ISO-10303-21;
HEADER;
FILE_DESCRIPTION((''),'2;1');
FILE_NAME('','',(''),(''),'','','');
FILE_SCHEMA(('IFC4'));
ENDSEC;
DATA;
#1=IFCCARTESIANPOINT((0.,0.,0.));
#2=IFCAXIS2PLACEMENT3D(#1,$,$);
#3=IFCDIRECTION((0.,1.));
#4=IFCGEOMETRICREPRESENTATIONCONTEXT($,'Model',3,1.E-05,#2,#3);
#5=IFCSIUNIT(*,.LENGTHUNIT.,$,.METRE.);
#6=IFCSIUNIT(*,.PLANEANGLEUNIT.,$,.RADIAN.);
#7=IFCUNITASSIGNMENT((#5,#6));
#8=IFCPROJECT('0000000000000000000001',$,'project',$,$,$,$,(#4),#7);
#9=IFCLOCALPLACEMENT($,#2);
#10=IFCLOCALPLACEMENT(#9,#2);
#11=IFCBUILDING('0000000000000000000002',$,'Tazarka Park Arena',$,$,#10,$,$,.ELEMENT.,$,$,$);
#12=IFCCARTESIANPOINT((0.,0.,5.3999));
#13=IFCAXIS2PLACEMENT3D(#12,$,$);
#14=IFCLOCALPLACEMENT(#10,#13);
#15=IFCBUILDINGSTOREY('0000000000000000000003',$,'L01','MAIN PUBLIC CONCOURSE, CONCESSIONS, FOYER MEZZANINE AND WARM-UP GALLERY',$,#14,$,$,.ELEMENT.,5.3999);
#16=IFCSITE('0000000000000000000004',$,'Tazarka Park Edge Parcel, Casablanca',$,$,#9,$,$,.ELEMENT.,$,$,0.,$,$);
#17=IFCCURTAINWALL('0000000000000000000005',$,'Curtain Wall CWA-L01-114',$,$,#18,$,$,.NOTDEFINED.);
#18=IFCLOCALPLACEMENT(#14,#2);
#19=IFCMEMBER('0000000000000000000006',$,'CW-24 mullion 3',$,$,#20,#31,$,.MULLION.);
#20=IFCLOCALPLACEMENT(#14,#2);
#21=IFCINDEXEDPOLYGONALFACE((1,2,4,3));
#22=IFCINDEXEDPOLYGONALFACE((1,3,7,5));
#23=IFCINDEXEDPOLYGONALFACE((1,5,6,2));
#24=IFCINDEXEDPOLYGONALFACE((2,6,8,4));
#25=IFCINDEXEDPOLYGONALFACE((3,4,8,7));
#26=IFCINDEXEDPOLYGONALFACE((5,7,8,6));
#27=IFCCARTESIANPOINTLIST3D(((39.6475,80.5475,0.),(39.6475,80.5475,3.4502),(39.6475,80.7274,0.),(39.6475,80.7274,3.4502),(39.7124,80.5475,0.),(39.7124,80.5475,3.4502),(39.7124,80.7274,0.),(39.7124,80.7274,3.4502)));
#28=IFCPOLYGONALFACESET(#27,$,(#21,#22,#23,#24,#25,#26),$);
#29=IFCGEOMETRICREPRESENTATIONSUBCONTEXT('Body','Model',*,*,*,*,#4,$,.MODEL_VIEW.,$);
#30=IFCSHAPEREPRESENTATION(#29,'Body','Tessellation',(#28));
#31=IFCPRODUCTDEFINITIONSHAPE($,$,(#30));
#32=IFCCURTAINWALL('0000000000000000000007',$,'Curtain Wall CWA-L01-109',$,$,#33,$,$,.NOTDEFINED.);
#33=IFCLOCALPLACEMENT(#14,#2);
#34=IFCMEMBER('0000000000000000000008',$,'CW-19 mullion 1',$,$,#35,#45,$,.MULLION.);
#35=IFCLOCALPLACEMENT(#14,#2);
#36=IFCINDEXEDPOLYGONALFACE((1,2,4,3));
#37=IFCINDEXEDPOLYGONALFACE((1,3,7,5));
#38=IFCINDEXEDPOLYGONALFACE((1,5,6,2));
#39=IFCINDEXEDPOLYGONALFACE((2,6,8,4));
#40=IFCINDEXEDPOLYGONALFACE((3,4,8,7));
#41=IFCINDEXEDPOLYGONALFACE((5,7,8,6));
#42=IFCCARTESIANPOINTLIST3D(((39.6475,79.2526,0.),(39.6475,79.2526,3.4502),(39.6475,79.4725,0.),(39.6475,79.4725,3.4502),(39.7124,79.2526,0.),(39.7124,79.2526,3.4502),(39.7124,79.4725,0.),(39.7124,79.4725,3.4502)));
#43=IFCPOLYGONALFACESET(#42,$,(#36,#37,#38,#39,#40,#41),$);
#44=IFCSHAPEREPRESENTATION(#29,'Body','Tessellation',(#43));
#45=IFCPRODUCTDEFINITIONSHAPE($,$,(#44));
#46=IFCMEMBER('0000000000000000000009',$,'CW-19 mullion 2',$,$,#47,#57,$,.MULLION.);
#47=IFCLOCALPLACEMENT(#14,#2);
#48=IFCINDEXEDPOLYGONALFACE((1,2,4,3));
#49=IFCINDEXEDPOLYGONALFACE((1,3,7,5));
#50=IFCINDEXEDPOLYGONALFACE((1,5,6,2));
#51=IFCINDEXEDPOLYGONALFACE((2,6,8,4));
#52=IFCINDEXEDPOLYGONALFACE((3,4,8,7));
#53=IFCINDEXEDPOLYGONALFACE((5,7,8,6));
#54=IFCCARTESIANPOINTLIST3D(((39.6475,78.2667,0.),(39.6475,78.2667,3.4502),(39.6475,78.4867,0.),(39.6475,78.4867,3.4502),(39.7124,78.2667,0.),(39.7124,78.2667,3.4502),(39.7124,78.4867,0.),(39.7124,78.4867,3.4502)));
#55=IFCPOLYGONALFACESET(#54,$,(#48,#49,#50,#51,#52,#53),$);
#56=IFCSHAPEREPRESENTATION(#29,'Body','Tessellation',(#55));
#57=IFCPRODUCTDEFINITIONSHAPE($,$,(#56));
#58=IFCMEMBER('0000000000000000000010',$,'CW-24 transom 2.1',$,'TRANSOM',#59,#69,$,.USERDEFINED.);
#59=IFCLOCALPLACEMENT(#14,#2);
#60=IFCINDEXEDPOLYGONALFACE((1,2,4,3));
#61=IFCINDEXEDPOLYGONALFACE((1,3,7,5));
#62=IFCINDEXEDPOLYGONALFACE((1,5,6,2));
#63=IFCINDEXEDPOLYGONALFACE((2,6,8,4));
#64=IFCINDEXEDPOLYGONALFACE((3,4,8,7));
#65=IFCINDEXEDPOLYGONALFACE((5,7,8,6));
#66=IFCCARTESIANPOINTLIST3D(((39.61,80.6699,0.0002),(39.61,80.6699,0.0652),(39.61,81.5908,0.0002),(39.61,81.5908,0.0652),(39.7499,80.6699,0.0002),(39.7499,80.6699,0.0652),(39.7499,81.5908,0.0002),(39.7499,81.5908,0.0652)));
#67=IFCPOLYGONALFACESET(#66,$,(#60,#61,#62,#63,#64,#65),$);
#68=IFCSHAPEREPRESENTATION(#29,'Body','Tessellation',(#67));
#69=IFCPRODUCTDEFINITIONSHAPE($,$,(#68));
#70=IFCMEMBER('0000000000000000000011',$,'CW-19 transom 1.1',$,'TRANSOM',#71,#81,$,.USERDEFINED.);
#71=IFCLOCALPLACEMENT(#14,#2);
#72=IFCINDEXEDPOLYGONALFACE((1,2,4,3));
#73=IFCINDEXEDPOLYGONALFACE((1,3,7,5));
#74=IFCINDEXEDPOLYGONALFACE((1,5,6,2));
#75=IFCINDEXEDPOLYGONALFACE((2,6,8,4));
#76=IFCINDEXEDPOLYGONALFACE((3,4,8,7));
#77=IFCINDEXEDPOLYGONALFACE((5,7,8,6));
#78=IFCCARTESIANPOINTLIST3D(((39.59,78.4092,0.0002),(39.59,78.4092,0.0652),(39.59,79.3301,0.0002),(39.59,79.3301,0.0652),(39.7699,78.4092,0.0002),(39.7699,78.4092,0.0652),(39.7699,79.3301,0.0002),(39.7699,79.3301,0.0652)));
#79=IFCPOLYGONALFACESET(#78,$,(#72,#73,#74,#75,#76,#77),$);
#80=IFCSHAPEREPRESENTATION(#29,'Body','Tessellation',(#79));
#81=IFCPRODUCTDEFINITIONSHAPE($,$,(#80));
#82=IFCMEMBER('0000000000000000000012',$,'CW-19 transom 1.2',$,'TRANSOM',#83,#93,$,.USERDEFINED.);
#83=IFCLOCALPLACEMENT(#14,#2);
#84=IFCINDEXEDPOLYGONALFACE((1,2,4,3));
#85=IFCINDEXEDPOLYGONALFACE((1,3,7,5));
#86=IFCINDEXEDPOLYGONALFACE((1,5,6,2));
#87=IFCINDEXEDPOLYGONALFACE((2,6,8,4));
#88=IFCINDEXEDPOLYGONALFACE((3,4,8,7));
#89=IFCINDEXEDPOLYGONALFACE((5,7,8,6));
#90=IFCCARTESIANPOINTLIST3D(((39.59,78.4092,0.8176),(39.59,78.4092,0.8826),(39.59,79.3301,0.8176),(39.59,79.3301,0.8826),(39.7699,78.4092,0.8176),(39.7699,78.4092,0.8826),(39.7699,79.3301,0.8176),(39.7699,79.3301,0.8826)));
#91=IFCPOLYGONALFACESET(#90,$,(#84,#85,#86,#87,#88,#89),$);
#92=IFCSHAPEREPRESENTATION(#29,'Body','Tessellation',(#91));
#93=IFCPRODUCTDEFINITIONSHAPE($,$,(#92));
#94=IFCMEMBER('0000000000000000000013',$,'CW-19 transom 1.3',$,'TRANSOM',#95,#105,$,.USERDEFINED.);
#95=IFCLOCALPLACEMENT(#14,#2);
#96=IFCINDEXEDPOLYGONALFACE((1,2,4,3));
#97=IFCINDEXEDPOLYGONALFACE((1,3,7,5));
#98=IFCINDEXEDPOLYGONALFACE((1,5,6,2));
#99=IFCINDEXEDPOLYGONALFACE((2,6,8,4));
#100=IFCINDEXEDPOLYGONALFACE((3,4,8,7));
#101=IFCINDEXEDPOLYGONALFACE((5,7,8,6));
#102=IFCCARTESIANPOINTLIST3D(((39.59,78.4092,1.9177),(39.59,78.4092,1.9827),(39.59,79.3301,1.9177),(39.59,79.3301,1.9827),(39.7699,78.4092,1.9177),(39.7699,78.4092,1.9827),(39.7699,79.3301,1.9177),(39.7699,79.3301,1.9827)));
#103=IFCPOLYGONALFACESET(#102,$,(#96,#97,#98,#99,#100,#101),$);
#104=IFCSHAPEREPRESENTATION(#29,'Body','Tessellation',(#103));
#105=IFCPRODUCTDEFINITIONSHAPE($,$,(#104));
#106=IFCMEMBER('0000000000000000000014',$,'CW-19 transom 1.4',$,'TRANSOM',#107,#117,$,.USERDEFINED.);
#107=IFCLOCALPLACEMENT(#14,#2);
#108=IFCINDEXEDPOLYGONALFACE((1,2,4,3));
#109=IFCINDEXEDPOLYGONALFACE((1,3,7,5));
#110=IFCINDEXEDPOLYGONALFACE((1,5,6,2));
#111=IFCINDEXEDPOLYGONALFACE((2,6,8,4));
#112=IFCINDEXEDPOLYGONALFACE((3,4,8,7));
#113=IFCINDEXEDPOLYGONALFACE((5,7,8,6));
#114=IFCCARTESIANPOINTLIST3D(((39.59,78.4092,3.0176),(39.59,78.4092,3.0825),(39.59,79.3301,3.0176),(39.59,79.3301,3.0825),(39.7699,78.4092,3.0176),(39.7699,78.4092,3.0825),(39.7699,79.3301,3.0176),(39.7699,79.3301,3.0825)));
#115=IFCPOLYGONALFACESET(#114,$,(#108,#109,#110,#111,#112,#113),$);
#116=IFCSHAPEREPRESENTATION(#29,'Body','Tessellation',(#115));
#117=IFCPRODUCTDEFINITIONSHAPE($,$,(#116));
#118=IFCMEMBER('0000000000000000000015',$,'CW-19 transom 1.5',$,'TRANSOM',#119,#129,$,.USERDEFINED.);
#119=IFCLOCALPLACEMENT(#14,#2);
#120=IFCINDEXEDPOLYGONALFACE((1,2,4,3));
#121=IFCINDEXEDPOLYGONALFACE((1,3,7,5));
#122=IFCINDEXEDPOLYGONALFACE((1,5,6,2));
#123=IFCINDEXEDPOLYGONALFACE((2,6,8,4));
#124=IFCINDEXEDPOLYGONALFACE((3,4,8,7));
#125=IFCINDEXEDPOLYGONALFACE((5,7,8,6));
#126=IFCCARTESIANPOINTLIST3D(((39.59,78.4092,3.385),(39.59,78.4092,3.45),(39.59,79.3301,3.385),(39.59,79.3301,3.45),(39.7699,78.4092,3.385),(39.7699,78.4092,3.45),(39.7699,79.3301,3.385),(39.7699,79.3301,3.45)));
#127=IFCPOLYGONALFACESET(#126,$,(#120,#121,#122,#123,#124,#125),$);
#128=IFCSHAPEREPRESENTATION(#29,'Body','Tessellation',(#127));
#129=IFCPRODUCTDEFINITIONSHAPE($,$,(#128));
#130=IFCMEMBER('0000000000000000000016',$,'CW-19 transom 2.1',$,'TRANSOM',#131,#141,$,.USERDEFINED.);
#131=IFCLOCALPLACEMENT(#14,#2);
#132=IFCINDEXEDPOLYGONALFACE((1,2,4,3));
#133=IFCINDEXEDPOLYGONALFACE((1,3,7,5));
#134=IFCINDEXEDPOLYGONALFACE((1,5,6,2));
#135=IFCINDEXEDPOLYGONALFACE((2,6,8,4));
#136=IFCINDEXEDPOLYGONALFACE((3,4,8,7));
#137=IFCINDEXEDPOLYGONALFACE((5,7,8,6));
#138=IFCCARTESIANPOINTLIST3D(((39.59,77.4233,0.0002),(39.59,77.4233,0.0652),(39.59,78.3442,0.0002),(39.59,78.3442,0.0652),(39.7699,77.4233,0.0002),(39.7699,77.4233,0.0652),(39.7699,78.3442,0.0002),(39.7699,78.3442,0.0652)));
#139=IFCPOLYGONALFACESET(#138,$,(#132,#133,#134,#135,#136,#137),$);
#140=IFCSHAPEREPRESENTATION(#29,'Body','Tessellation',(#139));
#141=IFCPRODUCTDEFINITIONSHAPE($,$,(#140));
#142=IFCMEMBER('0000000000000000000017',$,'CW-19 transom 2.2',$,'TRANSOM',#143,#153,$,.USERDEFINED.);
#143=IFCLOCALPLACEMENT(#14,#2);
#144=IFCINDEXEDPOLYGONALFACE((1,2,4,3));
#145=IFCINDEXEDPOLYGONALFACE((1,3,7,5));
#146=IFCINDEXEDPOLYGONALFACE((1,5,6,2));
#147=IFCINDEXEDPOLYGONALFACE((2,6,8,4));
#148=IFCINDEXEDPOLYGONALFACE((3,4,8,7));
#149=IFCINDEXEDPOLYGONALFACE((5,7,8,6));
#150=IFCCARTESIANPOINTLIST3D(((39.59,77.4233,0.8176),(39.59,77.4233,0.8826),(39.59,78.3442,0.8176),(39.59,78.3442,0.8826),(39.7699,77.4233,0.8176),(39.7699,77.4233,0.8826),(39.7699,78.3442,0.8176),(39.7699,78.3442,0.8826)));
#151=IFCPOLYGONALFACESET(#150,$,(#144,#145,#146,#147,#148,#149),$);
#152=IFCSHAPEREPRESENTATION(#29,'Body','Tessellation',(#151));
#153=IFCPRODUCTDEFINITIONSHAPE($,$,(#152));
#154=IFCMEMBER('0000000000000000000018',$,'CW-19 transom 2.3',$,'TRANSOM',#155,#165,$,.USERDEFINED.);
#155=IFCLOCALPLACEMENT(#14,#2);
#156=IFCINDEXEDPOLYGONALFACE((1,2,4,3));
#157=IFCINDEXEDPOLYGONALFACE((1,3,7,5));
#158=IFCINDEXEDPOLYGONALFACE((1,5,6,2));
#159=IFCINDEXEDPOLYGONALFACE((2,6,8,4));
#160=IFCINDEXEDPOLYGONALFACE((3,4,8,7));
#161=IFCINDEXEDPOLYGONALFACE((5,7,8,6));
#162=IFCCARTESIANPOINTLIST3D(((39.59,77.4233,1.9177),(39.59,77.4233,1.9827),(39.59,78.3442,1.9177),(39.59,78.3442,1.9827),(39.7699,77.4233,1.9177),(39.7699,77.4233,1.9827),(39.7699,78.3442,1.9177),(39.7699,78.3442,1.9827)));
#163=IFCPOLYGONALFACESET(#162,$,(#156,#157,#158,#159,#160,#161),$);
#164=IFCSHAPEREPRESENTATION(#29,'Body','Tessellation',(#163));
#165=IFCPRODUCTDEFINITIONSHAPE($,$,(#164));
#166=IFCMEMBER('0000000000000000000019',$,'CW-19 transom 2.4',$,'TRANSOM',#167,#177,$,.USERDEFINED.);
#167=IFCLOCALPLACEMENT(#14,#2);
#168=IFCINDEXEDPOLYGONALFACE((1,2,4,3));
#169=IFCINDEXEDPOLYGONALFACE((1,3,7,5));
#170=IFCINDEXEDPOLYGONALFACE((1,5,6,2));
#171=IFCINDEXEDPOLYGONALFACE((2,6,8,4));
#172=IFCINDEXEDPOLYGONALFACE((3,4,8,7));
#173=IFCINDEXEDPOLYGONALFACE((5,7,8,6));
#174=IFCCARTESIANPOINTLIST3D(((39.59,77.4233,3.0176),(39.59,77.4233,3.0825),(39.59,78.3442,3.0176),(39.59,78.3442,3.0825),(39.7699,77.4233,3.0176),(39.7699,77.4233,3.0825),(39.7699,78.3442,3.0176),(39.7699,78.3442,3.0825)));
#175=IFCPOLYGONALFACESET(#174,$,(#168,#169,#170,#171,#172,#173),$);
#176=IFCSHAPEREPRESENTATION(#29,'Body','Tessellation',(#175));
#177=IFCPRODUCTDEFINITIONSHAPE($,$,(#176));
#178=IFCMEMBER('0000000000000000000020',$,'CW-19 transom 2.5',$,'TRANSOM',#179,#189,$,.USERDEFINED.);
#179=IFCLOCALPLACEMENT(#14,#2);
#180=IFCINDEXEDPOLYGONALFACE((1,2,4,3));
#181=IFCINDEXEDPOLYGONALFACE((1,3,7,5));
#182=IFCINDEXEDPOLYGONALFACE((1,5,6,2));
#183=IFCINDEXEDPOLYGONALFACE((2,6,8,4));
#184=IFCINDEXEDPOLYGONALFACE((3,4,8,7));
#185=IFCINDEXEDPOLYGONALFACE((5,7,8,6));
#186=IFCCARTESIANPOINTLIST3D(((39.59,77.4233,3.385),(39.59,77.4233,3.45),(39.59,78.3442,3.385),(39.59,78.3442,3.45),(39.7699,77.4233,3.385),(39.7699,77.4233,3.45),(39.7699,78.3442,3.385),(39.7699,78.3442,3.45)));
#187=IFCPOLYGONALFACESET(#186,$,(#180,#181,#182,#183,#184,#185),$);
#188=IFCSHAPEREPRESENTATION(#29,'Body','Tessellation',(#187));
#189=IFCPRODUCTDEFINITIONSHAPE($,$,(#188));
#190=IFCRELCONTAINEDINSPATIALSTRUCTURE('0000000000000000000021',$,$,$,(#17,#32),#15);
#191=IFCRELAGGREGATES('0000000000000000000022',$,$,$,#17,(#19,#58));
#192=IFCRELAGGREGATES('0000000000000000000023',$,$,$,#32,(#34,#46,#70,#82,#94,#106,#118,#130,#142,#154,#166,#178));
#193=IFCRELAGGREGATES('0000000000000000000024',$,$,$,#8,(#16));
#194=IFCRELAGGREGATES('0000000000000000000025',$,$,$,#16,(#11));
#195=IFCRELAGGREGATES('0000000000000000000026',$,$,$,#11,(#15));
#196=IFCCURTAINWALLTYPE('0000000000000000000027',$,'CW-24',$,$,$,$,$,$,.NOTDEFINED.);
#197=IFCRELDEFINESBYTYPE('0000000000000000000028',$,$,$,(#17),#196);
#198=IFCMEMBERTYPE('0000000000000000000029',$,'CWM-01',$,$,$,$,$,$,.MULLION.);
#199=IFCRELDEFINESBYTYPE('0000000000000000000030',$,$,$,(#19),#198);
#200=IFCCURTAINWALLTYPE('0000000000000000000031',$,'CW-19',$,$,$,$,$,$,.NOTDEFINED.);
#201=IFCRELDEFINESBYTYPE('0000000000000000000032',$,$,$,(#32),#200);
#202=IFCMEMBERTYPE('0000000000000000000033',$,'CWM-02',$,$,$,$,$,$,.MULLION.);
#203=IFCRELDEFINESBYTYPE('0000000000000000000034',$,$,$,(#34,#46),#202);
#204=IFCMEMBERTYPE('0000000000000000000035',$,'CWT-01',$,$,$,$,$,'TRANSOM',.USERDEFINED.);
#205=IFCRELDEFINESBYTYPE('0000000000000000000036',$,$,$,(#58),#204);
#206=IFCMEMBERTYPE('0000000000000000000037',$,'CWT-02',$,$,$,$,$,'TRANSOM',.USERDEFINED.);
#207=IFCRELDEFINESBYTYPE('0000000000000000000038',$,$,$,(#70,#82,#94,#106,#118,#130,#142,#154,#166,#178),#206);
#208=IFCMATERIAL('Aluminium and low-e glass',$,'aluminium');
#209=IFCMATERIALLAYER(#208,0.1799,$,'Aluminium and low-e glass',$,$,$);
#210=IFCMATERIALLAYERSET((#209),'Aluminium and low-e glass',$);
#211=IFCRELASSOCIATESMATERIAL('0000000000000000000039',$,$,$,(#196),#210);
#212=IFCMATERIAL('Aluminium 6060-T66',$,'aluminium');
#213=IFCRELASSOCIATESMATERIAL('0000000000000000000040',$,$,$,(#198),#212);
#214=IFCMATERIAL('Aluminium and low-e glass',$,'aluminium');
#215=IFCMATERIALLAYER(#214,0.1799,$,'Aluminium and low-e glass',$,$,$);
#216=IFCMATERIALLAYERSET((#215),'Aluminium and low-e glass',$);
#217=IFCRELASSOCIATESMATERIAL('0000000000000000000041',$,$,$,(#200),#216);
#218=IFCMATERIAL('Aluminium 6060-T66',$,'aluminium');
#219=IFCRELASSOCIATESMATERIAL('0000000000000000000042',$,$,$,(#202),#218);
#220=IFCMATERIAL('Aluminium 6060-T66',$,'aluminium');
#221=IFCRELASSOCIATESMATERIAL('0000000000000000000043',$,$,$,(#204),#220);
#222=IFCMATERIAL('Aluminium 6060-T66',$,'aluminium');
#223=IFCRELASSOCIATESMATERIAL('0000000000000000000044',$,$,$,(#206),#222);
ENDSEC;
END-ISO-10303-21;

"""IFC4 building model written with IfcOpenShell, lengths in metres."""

from ifc_helpers import new_model, si_unit, direction, frame, origin, origin_2d, place, context, subcontext, project, spatial, rectangle, extrude, material, layer, layer_set, material_profile, profile_set, type_object, element, aggregate, save


model = new_model("IFC4")

# Units and contexts
model_context = context("Model", 3, precision=1e-05, world=origin(), true_north=direction((0.0, 1.0)))
body_context = subcontext(model_context, "Body", "Model", "MODEL_VIEW")
ifc_project = project(units=[si_unit("LENGTHUNIT", "METRE"), si_unit("PLANEANGLEUNIT", "RADIAN")], contexts=[model_context])

# Site, building, storey
site_placement = place(None, origin())
site = spatial("IfcSite", under=ifc_project, at=site_placement, Name="Tazarka Park Edge Parcel, Casablanca", CompositionType="ELEMENT", RefElevation=0.0)
building_placement = place(site_placement, origin())
building = spatial("IfcBuilding", under=site, at=building_placement, Name="Tazarka Park Arena", CompositionType="ELEMENT")
storey_placement = place(building_placement, frame((0.0, 0.0, 5.3999)))
storey = spatial("IfcBuildingStorey", under=building, at=storey_placement, Name="L01", Description="MAIN PUBLIC CONCOURSE, CONCESSIONS, FOYER MEZZANINE AND WARM-UP GALLERY", CompositionType="ELEMENT", Elevation=5.3999)

# Curtain wall, member
ifc_material_1 = material(Name="Aluminium and low-e glass", Category="aluminium")
ifc_layer_1 = layer(ifc_material_1, 0.1799, Name="Aluminium and low-e glass")
ifc_layer_set_1 = layer_set([ifc_layer_1], Name="Aluminium and low-e glass")
curtain_wall_type_1 = type_object("IfcCurtainWallType", Name="CW-24", PredefinedType="NOTDEFINED", material=ifc_layer_set_1)
curtain_wall_1_placement = place(storey_placement, origin())
curtain_wall_1 = element("IfcCurtainWall", 1, at=curtain_wall_1_placement, inside=storey, type_object=curtain_wall_type_1, Name="Curtain Wall CWA-L01-114", PredefinedType="NOTDEFINED")
ifc_material_2 = material(Name="Aluminium 6060-T66", Category="aluminium")
ifc_material_profile_1 = material_profile(ifc_material_2, rectangle(XDim=0.0649, YDim=0.1799, at=origin_2d()), Name="Aluminium 6060-T66")
ifc_profile_set_1 = profile_set([ifc_material_profile_1], Name="Aluminium 6060-T66")
member_type_1 = type_object("IfcMemberType", Name="CWM-01", PredefinedType="MULLION", material=ifc_profile_set_1)
member_1_placement = place(storey_placement, frame((39.6799, 80.6375, 0.0), z_axis=(0.0, 0.0, 1.0), x_axis=(1.0, 0.0, 0.0)))
member_1 = element("IfcMember", 2, at=member_1_placement, type_object=member_type_1, Name="CW-24 mullion 3", PredefinedType="MULLION", context=body_context, shape_type="SweptSolid", body=[
    extrude(rectangle(XDim=0.0649, YDim=0.1799, at=origin_2d()), origin(), (0.0, 0.0, 1.0), 3.4502),
])

# Curtain wall, members
ifc_material_3 = material(Name="Aluminium and low-e glass", Category="aluminium")
ifc_layer_2 = layer(ifc_material_3, 0.1799, Name="Aluminium and low-e glass")
ifc_layer_set_2 = layer_set([ifc_layer_2], Name="Aluminium and low-e glass")
curtain_wall_type_2 = type_object("IfcCurtainWallType", Name="CW-19", PredefinedType="NOTDEFINED", material=ifc_layer_set_2)
curtain_wall_2_placement = place(storey_placement, origin())
curtain_wall_2 = element("IfcCurtainWall", 3, at=curtain_wall_2_placement, inside=storey, type_object=curtain_wall_type_2, Name="Curtain Wall CWA-L01-109", PredefinedType="NOTDEFINED")
ifc_material_4 = material(Name="Aluminium 6060-T66", Category="aluminium")
ifc_material_profile_2 = material_profile(ifc_material_4, rectangle(XDim=0.0649, YDim=0.22, at=origin_2d()), Name="Aluminium 6060-T66")
ifc_profile_set_2 = profile_set([ifc_material_profile_2], Name="Aluminium 6060-T66")
member_type_2 = type_object("IfcMemberType", Name="CWM-02", PredefinedType="MULLION", material=ifc_profile_set_2)
member_2_placement = place(storey_placement, frame((39.6799, 79.3625, 0.0), z_axis=(0.0, 0.0, 1.0), x_axis=(1.0, 0.0, 0.0)))
member_2 = element("IfcMember", 4, at=member_2_placement, type_object=member_type_2, Name="CW-19 mullion 1", PredefinedType="MULLION", context=body_context, shape_type="SweptSolid", body=[
    extrude(rectangle(XDim=0.0649, YDim=0.22, at=origin_2d()), origin(), (0.0, 0.0, 1.0), 3.4502),
])
member_3_placement = place(storey_placement, frame((39.6799, 78.3767, 0.0), z_axis=(0.0, 0.0, 1.0), x_axis=(1.0, 0.0, 0.0)))
member_3 = element("IfcMember", 5, at=member_3_placement, type_object=member_type_2, Name="CW-19 mullion 2", PredefinedType="MULLION", context=body_context, shape_type="SweptSolid", body=[
    extrude(rectangle(XDim=0.0649, YDim=0.22, at=origin_2d()), origin(), (0.0, 0.0, 1.0), 3.4502),
])

# Members
ifc_material_5 = material(Name="Aluminium 6060-T66", Category="aluminium")
ifc_material_profile_3 = material_profile(ifc_material_5, rectangle(XDim=0.1399, YDim=0.0649, at=origin_2d()), Name="Aluminium 6060-T66")
ifc_profile_set_3 = profile_set([ifc_material_profile_3], Name="Aluminium 6060-T66")
member_type_3 = type_object("IfcMemberType", Name="CWT-01", ElementType="TRANSOM", PredefinedType="USERDEFINED", material=ifc_profile_set_3)
member_4_placement = place(storey_placement, frame((39.6799, 81.5908, 0.0327), z_axis=(0.0, -1.0, 0.0), x_axis=(1.0, 0.0, 0.0)))
member_4 = element("IfcMember", 6, at=member_4_placement, type_object=member_type_3, Name="CW-24 transom 2.1", ObjectType="TRANSOM", PredefinedType="USERDEFINED", context=body_context, shape_type="SweptSolid", body=[
    extrude(rectangle(XDim=0.1399, YDim=0.0649, at=origin_2d()), origin(), (0.0, 0.0, 1.0), 0.9209),
])
ifc_material_6 = material(Name="Aluminium 6060-T66", Category="aluminium")
ifc_material_profile_4 = material_profile(ifc_material_6, rectangle(XDim=0.1799, YDim=0.0649, at=origin_2d()), Name="Aluminium 6060-T66")
ifc_profile_set_4 = profile_set([ifc_material_profile_4], Name="Aluminium 6060-T66")
member_type_4 = type_object("IfcMemberType", Name="CWT-02", ElementType="TRANSOM", PredefinedType="USERDEFINED", material=ifc_profile_set_4)
member_5_placement = place(storey_placement, frame((39.6799, 79.3301, 0.0327), z_axis=(0.0, -1.0, 0.0), x_axis=(1.0, 0.0, 0.0)))
member_5 = element("IfcMember", 7, at=member_5_placement, type_object=member_type_4, Name="CW-19 transom 1.1", ObjectType="TRANSOM", PredefinedType="USERDEFINED", context=body_context, shape_type="SweptSolid", body=[
    extrude(rectangle(XDim=0.1799, YDim=0.0649, at=origin_2d()), origin(), (0.0, 0.0, 1.0), 0.9209),
])
member_6_placement = place(storey_placement, frame((39.6799, 79.3301, 0.8501), z_axis=(0.0, -1.0, 0.0), x_axis=(1.0, 0.0, 0.0)))
member_6 = element("IfcMember", 8, at=member_6_placement, type_object=member_type_4, Name="CW-19 transom 1.2", ObjectType="TRANSOM", PredefinedType="USERDEFINED", context=body_context, shape_type="SweptSolid", body=[
    extrude(rectangle(XDim=0.1799, YDim=0.0649, at=origin_2d()), origin(), (0.0, 0.0, 1.0), 0.9209),
])
member_7_placement = place(storey_placement, frame((39.6799, 79.3301, 1.9502), z_axis=(0.0, -1.0, 0.0), x_axis=(1.0, 0.0, 0.0)))
member_7 = element("IfcMember", 9, at=member_7_placement, type_object=member_type_4, Name="CW-19 transom 1.3", ObjectType="TRANSOM", PredefinedType="USERDEFINED", context=body_context, shape_type="SweptSolid", body=[
    extrude(rectangle(XDim=0.1799, YDim=0.0649, at=origin_2d()), origin(), (0.0, 0.0, 1.0), 0.9209),
])
member_8_placement = place(storey_placement, frame((39.6799, 79.3301, 3.05), z_axis=(0.0, -1.0, 0.0), x_axis=(1.0, 0.0, 0.0)))
member_8 = element("IfcMember", 10, at=member_8_placement, type_object=member_type_4, Name="CW-19 transom 1.4", ObjectType="TRANSOM", PredefinedType="USERDEFINED", context=body_context, shape_type="SweptSolid", body=[
    extrude(rectangle(XDim=0.1799, YDim=0.0649, at=origin_2d()), origin(), (0.0, 0.0, 1.0), 0.9209),
])
member_9_placement = place(storey_placement, frame((39.6799, 79.3301, 3.4175), z_axis=(0.0, -1.0, 0.0), x_axis=(1.0, 0.0, 0.0)))
member_9 = element("IfcMember", 11, at=member_9_placement, type_object=member_type_4, Name="CW-19 transom 1.5", ObjectType="TRANSOM", PredefinedType="USERDEFINED", context=body_context, shape_type="SweptSolid", body=[
    extrude(rectangle(XDim=0.1799, YDim=0.0649, at=origin_2d()), origin(), (0.0, 0.0, 1.0), 0.9209),
])
member_10_placement = place(storey_placement, frame((39.6799, 78.3442, 0.0327), z_axis=(0.0, -1.0, 0.0), x_axis=(1.0, 0.0, 0.0)))
member_10 = element("IfcMember", 12, at=member_10_placement, type_object=member_type_4, Name="CW-19 transom 2.1", ObjectType="TRANSOM", PredefinedType="USERDEFINED", context=body_context, shape_type="SweptSolid", body=[
    extrude(rectangle(XDim=0.1799, YDim=0.0649, at=origin_2d()), origin(), (0.0, 0.0, 1.0), 0.9209),
])
member_11_placement = place(storey_placement, frame((39.6799, 78.3442, 0.8501), z_axis=(0.0, -1.0, 0.0), x_axis=(1.0, 0.0, 0.0)))
member_11 = element("IfcMember", 13, at=member_11_placement, type_object=member_type_4, Name="CW-19 transom 2.2", ObjectType="TRANSOM", PredefinedType="USERDEFINED", context=body_context, shape_type="SweptSolid", body=[
    extrude(rectangle(XDim=0.1799, YDim=0.0649, at=origin_2d()), origin(), (0.0, 0.0, 1.0), 0.9209),
])
member_12_placement = place(storey_placement, frame((39.6799, 78.3442, 1.9502), z_axis=(0.0, -1.0, 0.0), x_axis=(1.0, 0.0, 0.0)))
member_12 = element("IfcMember", 14, at=member_12_placement, type_object=member_type_4, Name="CW-19 transom 2.3", ObjectType="TRANSOM", PredefinedType="USERDEFINED", context=body_context, shape_type="SweptSolid", body=[
    extrude(rectangle(XDim=0.1799, YDim=0.0649, at=origin_2d()), origin(), (0.0, 0.0, 1.0), 0.9209),
])
member_13_placement = place(storey_placement, frame((39.6799, 78.3442, 3.05), z_axis=(0.0, -1.0, 0.0), x_axis=(1.0, 0.0, 0.0)))
member_13 = element("IfcMember", 15, at=member_13_placement, type_object=member_type_4, Name="CW-19 transom 2.4", ObjectType="TRANSOM", PredefinedType="USERDEFINED", context=body_context, shape_type="SweptSolid", body=[
    extrude(rectangle(XDim=0.1799, YDim=0.0649, at=origin_2d()), origin(), (0.0, 0.0, 1.0), 0.9209),
])
member_14_placement = place(storey_placement, frame((39.6799, 78.3442, 3.4175), z_axis=(0.0, -1.0, 0.0), x_axis=(1.0, 0.0, 0.0)))
member_14 = element("IfcMember", 16, at=member_14_placement, type_object=member_type_4, Name="CW-19 transom 2.5", ObjectType="TRANSOM", PredefinedType="USERDEFINED", context=body_context, shape_type="SweptSolid", body=[
    extrude(rectangle(XDim=0.1799, YDim=0.0649, at=origin_2d()), origin(), (0.0, 0.0, 1.0), 0.9209),
])

aggregate(curtain_wall_1, [member_1, member_4])
aggregate(curtain_wall_2, [member_2, member_3, member_5, member_6, member_7, member_8, member_9, member_10, member_11, member_12, member_13, member_14])

save(model, "model.ifc")
